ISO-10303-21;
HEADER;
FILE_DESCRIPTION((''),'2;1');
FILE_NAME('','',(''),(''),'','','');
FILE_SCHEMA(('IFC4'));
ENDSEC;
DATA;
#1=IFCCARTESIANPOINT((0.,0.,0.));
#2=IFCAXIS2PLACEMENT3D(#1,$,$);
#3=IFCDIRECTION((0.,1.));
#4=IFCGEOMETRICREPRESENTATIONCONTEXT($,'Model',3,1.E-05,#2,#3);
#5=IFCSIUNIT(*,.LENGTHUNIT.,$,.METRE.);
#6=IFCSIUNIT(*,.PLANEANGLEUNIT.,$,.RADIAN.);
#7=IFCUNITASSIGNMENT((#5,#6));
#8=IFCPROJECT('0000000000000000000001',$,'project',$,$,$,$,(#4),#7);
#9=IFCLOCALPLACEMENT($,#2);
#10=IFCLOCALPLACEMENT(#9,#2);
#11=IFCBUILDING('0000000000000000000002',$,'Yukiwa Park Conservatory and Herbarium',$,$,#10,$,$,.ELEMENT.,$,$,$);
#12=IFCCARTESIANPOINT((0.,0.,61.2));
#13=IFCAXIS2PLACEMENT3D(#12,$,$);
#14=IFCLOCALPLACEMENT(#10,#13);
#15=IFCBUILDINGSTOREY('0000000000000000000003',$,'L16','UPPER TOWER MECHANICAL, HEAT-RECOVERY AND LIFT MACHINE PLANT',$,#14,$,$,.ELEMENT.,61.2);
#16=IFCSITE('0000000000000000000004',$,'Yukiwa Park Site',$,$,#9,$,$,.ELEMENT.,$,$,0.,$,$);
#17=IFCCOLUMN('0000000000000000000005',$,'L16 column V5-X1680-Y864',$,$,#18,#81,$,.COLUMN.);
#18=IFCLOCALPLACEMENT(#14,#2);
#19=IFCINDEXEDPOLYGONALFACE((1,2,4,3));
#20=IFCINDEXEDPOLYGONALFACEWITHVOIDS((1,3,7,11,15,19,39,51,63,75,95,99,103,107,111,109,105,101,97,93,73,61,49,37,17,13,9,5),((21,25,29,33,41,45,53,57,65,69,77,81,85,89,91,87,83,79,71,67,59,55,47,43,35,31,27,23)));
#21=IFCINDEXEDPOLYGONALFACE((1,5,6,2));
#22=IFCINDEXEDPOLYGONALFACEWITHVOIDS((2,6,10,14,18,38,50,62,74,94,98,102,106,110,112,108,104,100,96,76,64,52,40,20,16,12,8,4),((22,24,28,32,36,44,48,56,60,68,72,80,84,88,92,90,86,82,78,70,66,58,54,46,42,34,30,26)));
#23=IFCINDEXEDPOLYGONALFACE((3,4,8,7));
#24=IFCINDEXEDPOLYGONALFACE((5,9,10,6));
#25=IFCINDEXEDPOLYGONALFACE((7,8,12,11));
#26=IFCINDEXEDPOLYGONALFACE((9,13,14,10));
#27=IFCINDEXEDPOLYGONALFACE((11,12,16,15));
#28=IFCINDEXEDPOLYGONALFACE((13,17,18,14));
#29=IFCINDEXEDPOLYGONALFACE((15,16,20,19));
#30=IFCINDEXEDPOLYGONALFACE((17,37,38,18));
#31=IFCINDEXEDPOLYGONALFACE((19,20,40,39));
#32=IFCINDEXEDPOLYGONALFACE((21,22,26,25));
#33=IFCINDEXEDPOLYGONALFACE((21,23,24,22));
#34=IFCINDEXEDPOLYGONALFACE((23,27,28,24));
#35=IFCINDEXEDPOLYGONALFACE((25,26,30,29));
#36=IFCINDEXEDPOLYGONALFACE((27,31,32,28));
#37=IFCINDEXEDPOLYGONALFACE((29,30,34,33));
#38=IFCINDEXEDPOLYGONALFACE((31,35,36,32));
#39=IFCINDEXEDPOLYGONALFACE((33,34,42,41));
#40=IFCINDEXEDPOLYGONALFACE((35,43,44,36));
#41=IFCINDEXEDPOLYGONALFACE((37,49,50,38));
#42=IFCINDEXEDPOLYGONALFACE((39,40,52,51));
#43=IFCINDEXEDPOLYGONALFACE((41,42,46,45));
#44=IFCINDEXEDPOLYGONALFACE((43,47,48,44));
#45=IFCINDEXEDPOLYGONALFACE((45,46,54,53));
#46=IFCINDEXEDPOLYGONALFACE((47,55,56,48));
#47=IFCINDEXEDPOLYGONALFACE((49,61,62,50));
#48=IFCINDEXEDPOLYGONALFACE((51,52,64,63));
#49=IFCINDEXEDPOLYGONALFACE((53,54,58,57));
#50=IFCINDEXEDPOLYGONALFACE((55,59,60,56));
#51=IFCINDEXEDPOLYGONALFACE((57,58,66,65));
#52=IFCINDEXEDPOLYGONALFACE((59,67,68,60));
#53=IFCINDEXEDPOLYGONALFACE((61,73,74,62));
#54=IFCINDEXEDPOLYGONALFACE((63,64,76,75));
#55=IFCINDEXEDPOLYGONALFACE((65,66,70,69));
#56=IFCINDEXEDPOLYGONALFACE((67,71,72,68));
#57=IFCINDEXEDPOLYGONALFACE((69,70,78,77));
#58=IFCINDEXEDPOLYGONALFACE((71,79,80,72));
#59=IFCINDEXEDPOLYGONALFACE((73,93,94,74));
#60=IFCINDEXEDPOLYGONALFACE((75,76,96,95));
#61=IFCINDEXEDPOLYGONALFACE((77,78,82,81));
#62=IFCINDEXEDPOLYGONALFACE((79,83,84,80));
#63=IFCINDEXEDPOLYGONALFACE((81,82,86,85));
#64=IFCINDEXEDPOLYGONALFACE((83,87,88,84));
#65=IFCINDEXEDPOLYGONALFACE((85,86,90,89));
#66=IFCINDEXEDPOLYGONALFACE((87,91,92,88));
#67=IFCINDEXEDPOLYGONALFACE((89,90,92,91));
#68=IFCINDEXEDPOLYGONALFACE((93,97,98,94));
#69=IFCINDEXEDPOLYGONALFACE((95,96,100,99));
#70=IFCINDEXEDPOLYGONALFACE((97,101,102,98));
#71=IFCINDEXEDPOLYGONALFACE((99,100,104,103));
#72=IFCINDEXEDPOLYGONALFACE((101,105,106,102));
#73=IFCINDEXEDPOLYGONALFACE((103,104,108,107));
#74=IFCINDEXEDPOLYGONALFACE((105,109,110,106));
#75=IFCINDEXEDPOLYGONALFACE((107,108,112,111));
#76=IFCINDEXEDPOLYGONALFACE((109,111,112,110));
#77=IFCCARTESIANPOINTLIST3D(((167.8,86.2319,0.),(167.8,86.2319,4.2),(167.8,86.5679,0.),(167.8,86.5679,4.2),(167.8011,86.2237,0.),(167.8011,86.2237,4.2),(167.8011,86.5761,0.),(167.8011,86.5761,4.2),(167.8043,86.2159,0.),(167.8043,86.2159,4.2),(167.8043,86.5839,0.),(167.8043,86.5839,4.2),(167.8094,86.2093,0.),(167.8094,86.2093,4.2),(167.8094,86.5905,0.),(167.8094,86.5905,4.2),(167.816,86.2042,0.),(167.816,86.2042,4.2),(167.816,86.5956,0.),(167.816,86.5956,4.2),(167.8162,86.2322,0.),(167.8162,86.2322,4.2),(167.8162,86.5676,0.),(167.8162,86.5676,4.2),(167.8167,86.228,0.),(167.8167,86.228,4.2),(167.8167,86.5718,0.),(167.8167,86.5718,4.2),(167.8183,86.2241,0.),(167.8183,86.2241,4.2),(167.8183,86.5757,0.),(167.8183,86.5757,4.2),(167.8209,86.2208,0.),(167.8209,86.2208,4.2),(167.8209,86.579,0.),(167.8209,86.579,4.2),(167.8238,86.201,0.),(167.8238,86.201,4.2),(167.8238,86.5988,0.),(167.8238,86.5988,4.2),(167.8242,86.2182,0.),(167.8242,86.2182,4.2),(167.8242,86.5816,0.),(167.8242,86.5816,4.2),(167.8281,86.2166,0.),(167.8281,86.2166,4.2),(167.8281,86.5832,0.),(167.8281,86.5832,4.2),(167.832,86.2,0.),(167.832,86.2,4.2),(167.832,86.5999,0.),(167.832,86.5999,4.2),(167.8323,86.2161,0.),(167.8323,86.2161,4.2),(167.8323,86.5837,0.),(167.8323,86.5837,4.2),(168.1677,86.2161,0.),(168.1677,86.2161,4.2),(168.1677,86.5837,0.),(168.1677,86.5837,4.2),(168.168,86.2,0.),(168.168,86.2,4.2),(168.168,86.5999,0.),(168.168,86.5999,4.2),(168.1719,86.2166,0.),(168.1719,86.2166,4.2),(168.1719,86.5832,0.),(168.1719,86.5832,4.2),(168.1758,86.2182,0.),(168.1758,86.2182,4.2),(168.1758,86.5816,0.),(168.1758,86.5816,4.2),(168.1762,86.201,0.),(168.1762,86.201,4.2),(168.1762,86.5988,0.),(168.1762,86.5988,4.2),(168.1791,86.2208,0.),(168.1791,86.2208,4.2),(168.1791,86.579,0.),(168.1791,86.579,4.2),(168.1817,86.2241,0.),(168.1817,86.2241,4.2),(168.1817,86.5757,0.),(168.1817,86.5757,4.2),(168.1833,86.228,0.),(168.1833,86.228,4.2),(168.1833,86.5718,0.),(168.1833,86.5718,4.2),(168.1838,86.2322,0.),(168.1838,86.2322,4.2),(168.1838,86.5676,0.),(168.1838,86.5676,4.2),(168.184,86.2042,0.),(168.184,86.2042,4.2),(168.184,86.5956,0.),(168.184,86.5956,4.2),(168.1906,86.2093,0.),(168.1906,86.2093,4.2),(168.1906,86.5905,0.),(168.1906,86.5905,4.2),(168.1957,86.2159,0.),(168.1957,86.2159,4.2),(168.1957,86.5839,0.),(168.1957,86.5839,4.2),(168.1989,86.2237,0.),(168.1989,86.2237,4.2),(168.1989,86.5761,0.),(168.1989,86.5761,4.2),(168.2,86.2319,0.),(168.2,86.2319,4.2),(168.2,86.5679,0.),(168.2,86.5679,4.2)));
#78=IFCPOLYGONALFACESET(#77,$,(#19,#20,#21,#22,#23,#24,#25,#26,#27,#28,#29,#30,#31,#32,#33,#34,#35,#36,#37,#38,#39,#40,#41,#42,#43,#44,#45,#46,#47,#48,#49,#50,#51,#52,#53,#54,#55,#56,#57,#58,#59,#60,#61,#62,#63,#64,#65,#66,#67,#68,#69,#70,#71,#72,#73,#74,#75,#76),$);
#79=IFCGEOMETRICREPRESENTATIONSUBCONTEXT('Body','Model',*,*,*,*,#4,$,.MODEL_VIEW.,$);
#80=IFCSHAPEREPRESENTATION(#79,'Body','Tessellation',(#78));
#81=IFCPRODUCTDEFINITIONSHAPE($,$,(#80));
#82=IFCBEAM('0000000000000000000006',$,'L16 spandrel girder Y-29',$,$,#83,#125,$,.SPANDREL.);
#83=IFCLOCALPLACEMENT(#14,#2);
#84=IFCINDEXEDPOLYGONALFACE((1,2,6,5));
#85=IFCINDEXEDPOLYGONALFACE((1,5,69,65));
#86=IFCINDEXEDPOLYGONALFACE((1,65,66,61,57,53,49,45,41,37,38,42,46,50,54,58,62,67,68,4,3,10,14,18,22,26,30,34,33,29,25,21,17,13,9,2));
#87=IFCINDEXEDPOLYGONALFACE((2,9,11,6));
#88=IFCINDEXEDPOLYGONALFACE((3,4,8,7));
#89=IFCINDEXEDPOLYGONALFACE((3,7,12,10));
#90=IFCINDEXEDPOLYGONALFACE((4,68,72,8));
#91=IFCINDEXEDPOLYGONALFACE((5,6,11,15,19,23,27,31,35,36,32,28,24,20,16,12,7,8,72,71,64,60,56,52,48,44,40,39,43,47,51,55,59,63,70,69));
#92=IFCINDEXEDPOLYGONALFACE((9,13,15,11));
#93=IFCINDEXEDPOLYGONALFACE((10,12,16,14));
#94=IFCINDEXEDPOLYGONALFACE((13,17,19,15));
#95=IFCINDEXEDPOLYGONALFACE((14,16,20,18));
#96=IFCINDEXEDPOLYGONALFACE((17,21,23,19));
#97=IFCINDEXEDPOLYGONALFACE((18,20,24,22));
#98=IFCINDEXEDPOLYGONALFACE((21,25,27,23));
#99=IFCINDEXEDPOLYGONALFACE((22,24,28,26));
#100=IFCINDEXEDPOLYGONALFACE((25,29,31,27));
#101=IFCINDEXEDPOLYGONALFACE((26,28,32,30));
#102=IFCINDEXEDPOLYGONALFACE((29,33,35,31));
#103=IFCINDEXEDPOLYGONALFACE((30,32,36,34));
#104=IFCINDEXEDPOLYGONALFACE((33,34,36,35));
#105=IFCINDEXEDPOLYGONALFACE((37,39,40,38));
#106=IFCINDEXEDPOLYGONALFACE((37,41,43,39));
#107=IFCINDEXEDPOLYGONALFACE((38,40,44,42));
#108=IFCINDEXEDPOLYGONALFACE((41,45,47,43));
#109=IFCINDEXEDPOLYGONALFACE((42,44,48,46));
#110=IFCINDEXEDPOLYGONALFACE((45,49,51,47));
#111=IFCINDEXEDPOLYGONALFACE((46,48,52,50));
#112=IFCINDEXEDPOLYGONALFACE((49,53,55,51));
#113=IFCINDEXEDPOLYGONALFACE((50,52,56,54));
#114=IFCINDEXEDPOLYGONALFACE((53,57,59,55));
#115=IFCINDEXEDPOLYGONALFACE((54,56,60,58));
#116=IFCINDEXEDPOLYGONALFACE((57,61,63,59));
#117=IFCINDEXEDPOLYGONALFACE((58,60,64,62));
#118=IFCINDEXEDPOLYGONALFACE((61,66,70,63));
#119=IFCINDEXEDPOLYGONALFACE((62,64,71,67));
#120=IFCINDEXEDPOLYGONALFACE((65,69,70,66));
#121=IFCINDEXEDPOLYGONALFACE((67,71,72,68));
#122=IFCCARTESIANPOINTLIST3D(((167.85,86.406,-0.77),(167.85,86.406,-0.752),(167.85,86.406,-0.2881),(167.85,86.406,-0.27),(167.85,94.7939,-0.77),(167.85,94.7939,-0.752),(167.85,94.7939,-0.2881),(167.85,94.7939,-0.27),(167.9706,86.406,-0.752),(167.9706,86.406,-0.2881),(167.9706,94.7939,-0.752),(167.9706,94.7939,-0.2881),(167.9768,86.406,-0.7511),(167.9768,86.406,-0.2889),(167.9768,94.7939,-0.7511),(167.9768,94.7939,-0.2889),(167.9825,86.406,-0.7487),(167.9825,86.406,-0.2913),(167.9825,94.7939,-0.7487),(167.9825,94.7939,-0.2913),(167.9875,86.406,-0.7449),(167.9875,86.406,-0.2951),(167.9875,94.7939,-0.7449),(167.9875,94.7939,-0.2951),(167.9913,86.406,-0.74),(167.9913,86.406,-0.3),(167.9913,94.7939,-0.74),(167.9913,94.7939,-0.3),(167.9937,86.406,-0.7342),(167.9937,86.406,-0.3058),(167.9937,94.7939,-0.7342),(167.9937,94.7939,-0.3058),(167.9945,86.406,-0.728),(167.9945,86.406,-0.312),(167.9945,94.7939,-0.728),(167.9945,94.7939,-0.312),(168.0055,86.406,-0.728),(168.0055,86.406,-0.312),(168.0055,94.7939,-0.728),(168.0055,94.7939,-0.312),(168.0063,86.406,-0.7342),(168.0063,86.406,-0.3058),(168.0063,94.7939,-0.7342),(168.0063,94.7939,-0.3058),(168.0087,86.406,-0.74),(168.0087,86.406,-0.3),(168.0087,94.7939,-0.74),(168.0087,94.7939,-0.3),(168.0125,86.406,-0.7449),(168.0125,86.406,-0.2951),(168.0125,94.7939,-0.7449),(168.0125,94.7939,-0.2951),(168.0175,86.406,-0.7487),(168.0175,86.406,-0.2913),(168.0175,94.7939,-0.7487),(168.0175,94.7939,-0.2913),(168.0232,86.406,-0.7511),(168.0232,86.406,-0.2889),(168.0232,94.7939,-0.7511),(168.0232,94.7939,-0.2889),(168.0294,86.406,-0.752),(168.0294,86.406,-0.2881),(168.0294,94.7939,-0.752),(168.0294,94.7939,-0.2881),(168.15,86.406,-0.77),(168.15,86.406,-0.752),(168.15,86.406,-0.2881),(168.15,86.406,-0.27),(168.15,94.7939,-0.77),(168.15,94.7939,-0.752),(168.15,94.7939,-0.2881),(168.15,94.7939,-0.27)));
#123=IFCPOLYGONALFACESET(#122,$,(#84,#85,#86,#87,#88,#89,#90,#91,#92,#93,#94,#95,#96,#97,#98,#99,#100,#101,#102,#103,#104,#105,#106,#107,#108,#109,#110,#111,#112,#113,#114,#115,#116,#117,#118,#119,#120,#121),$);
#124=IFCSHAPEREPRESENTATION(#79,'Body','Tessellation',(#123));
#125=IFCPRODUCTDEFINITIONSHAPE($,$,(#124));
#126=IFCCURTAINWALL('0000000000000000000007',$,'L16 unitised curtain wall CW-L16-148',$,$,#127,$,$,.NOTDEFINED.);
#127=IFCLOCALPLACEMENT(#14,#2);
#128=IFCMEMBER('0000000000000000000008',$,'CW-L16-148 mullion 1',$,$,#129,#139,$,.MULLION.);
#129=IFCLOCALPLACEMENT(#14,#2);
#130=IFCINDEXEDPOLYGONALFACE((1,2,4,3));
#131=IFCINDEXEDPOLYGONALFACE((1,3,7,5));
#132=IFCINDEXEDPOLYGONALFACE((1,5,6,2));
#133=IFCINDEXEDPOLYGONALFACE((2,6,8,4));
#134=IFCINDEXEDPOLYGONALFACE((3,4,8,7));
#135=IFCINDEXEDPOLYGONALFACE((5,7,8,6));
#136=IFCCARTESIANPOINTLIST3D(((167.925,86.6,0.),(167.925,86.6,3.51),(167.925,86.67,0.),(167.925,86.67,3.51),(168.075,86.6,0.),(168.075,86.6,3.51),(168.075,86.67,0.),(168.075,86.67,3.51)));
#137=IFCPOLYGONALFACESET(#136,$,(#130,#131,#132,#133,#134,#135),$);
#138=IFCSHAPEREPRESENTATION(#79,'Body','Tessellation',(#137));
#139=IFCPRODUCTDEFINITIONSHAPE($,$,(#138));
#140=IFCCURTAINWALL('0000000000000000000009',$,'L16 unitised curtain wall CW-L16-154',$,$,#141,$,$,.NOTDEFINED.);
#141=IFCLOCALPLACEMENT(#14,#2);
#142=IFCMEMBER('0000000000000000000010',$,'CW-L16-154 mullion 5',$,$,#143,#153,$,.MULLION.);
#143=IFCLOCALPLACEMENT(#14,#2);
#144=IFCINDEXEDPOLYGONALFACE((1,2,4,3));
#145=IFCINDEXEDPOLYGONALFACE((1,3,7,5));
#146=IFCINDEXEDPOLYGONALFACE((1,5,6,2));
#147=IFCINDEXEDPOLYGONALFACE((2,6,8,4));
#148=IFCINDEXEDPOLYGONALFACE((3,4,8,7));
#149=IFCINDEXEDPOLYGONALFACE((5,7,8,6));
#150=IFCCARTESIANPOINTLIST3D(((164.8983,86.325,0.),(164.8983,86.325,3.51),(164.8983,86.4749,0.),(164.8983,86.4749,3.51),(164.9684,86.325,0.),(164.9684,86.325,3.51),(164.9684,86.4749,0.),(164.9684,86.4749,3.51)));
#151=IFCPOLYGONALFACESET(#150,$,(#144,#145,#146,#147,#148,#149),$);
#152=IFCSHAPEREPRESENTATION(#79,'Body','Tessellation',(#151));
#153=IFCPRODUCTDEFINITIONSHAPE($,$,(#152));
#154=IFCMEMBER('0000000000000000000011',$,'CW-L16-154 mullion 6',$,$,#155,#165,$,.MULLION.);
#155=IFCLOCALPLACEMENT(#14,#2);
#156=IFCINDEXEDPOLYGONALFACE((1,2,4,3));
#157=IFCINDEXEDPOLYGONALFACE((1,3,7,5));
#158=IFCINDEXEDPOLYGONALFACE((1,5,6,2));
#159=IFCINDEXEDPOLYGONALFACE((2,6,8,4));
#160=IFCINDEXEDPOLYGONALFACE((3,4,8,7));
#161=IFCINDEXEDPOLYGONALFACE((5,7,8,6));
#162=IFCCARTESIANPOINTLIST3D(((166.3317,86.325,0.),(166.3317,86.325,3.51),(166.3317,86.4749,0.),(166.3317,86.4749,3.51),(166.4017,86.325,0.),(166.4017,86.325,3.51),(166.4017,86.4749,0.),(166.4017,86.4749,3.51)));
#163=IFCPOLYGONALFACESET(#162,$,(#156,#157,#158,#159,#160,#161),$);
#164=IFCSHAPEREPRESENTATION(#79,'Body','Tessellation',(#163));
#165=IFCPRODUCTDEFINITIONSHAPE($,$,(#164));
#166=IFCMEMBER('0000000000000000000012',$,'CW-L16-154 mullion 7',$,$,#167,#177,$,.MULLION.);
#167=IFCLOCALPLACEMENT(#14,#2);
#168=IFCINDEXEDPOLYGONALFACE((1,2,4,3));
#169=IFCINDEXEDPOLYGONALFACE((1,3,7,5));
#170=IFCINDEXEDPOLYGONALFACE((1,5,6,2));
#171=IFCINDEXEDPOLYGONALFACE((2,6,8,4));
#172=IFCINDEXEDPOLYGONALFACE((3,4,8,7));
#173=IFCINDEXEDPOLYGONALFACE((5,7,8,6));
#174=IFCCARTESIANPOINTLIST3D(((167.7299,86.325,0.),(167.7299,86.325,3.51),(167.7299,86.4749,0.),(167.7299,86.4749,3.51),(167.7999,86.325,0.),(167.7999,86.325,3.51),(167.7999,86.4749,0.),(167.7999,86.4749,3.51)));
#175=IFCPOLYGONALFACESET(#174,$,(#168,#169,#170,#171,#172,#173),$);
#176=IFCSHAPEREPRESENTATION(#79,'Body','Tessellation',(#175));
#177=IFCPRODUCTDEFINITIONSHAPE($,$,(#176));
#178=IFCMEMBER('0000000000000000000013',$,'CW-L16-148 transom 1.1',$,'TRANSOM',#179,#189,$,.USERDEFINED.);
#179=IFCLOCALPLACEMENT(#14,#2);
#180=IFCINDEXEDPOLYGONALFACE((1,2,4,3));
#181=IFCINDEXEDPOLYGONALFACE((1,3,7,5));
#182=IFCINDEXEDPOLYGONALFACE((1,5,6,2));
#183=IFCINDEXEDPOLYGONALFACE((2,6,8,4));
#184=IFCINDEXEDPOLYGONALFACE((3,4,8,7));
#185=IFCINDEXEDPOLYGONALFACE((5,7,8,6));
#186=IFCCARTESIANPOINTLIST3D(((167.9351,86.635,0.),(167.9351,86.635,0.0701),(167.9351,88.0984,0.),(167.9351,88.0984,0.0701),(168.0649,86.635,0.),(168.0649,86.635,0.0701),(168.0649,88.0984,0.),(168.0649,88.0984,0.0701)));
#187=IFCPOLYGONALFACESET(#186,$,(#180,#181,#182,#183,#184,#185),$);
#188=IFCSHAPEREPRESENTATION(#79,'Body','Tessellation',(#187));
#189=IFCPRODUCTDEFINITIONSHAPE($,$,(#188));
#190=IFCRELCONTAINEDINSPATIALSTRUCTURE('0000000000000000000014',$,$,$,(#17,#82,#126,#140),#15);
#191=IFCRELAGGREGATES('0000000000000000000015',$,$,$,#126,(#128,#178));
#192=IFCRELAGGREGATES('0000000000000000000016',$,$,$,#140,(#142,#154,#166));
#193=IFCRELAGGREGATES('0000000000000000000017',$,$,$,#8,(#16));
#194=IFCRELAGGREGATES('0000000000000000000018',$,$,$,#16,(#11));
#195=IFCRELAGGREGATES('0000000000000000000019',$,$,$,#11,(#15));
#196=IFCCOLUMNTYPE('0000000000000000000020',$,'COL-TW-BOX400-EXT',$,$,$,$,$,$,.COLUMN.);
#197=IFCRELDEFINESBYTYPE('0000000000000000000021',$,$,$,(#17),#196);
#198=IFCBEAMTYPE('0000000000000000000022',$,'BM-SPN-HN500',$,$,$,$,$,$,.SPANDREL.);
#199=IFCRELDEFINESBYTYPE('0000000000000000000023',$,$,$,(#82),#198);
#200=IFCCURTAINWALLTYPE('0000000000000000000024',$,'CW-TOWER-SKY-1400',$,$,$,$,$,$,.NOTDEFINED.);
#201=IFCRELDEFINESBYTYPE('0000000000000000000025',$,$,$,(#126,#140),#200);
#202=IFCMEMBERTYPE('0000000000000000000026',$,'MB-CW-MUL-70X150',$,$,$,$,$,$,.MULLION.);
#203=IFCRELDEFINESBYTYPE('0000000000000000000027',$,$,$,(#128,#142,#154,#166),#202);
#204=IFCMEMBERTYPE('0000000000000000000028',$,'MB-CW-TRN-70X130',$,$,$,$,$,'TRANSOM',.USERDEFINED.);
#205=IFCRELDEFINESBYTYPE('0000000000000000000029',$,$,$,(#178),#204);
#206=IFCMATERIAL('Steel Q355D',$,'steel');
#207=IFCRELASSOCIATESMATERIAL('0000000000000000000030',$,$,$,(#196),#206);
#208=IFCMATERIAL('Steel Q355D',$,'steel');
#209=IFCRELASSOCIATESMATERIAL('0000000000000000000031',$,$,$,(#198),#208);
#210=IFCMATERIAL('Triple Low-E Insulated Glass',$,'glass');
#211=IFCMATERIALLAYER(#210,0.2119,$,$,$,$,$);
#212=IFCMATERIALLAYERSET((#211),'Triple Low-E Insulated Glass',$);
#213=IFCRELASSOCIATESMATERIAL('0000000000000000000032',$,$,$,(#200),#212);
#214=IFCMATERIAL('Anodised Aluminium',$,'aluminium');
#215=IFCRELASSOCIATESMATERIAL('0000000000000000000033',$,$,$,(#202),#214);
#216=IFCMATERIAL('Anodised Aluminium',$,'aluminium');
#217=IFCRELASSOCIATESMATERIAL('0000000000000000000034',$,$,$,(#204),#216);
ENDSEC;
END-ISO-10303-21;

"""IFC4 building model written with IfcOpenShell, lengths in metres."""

from ifc_helpers import new_model, si_unit, direction, frame, origin, origin_2d, place, context, subcontext, project, spatial, rectangle, hollow_rectangle, i_section, extrude, material, layer, layer_set, material_profile, profile_set, type_object, element, aggregate, save


model = new_model("IFC4")

# Units and contexts
model_context = context("Model", 3, precision=1e-05, world=origin(), true_north=direction((0.0, 1.0)))
body_context = subcontext(model_context, "Body", "Model", "MODEL_VIEW")
ifc_project = project(units=[si_unit("LENGTHUNIT", "METRE"), si_unit("PLANEANGLEUNIT", "RADIAN")], contexts=[model_context])

# Site, building, storey
site_placement = place(None, origin())
site = spatial("IfcSite", under=ifc_project, at=site_placement, Name="Yukiwa Park Site", CompositionType="ELEMENT", RefElevation=0.0)
building_placement = place(site_placement, origin())
building = spatial("IfcBuilding", under=site, at=building_placement, Name="Yukiwa Park Conservatory and Herbarium", CompositionType="ELEMENT")
storey_placement = place(building_placement, frame((0.0, 0.0, 61.2)))
storey = spatial("IfcBuildingStorey", under=building, at=storey_placement, Name="L16", Description="UPPER TOWER MECHANICAL, HEAT-RECOVERY AND LIFT MACHINE PLANT", CompositionType="ELEMENT", Elevation=61.2)

# Column
ifc_material_1 = material(Name="Steel Q355D", Category="steel")
ifc_material_profile_1 = material_profile(ifc_material_1, hollow_rectangle(XDim=0.3999, YDim=0.3999, WallThickness=0.0161, InnerFilletRadius=0.0161, OuterFilletRadius=0.032, at=origin_2d()), Name="BOX 400x400x16")
ifc_profile_set_1 = profile_set([ifc_material_profile_1], Name="Steel Q355D")
column_type = type_object("IfcColumnType", Name="COL-TW-BOX400-EXT", PredefinedType="COLUMN", material=ifc_profile_set_1)
column_placement = place(storey_placement, frame((168.0, 86.3999, 0.0), z_axis=(0.0, 0.0, 1.0), x_axis=(1.0, 0.0, 0.0)))
element("IfcColumn", 1, at=column_placement, inside=storey, type_object=column_type, Name="L16 column V5-X1680-Y864", PredefinedType="COLUMN", context=body_context, shape_type="SweptSolid", body=[
    extrude(hollow_rectangle(XDim=0.3999, YDim=0.3999, WallThickness=0.0161, InnerFilletRadius=0.0161, OuterFilletRadius=0.032, at=origin_2d()), origin(), (0.0, 0.0, 1.0), 4.2),
])

# Beam
ifc_material_2 = material(Name="Steel Q355D", Category="steel")
ifc_material_profile_2 = material_profile(ifc_material_2, i_section(OverallWidth=0.3, OverallDepth=0.5, WebThickness=0.011, FlangeThickness=0.0181, FilletRadius=0.0239, at=origin_2d()), Name="HM 500x300x11x18")
ifc_profile_set_2 = profile_set([ifc_material_profile_2], Name="Steel Q355D")
beam_type = type_object("IfcBeamType", Name="BM-SPN-HN500", PredefinedType="SPANDREL", material=ifc_profile_set_2)
beam_placement = place(storey_placement, frame((168.0, 86.406, -0.52), z_axis=(0.0, 1.0, 0.0), x_axis=(-1.0, 0.0, 0.0)))
element("IfcBeam", 2, at=beam_placement, inside=storey, type_object=beam_type, Name="L16 spandrel girder Y-29", PredefinedType="SPANDREL", context=body_context, shape_type="SweptSolid", body=[
    extrude(i_section(OverallWidth=0.3, OverallDepth=0.5, WebThickness=0.011, FlangeThickness=0.0181, FilletRadius=0.0239, at=origin_2d()), origin(), (0.0, 0.0, 1.0), 8.3879),
])

# Curtain wall, member
ifc_material_3 = material(Name="Triple Low-E Insulated Glass", Category="glass")
ifc_layer_1 = layer(ifc_material_3, 0.2119)
ifc_layer_set_1 = layer_set([ifc_layer_1], Name="Triple Low-E Insulated Glass")
curtain_wall_type = type_object("IfcCurtainWallType", Name="CW-TOWER-SKY-1400", PredefinedType="NOTDEFINED", material=ifc_layer_set_1)
curtain_wall_1_placement = place(storey_placement, origin())
curtain_wall_1 = element("IfcCurtainWall", 3, at=curtain_wall_1_placement, inside=storey, type_object=curtain_wall_type, Name="L16 unitised curtain wall CW-L16-148", PredefinedType="NOTDEFINED")
ifc_material_4 = material(Name="Anodised Aluminium", Category="aluminium")
member_type_1 = type_object("IfcMemberType", Name="MB-CW-MUL-70X150", PredefinedType="MULLION", material=ifc_material_4)
member_1_placement = place(storey_placement, frame((168.0, 86.635, 0.0), z_axis=(0.0, 0.0, 1.0), x_axis=(0.0, 1.0, 0.0)))
member_1 = element("IfcMember", 4, at=member_1_placement, type_object=member_type_1, Name="CW-L16-148 mullion 1", PredefinedType="MULLION", context=body_context, shape_type="SweptSolid", body=[
    extrude(rectangle(XDim=0.0701, YDim=0.1499, at=origin_2d()), origin(), (0.0, 0.0, 1.0), 3.51),
])

# Curtain wall, members
curtain_wall_2_placement = place(storey_placement, origin())
curtain_wall_2 = element("IfcCurtainWall", 5, at=curtain_wall_2_placement, inside=storey, type_object=curtain_wall_type, Name="L16 unitised curtain wall CW-L16-154", PredefinedType="NOTDEFINED")
member_2_placement = place(storey_placement, frame((164.9333, 86.3999, 0.0), z_axis=(0.0, 0.0, 1.0), x_axis=(1.0, 0.0, 0.0)))
member_2 = element("IfcMember", 6, at=member_2_placement, type_object=member_type_1, Name="CW-L16-154 mullion 5", PredefinedType="MULLION", context=body_context, shape_type="SweptSolid", body=[
    extrude(rectangle(XDim=0.0701, YDim=0.1499, at=origin_2d()), origin(), (0.0, 0.0, 1.0), 3.51),
])
member_3_placement = place(storey_placement, frame((166.3667, 86.3999, 0.0), z_axis=(0.0, 0.0, 1.0), x_axis=(1.0, 0.0, 0.0)))
member_3 = element("IfcMember", 7, at=member_3_placement, type_object=member_type_1, Name="CW-L16-154 mullion 6", PredefinedType="MULLION", context=body_context, shape_type="SweptSolid", body=[
    extrude(rectangle(XDim=0.0701, YDim=0.1499, at=origin_2d()), origin(), (0.0, 0.0, 1.0), 3.51),
])
member_4_placement = place(storey_placement, frame((167.7649, 86.3999, 0.0), z_axis=(0.0, 0.0, 1.0), x_axis=(1.0, 0.0, 0.0)))
member_4 = element("IfcMember", 8, at=member_4_placement, type_object=member_type_1, Name="CW-L16-154 mullion 7", PredefinedType="MULLION", context=body_context, shape_type="SweptSolid", body=[
    extrude(rectangle(XDim=0.0701, YDim=0.1499, at=origin_2d()), origin(), (0.0, 0.0, 1.0), 3.51),
])

# Member
ifc_material_5 = material(Name="Anodised Aluminium", Category="aluminium")
member_type_2 = type_object("IfcMemberType", Name="MB-CW-TRN-70X130", ElementType="TRANSOM", PredefinedType="USERDEFINED", material=ifc_material_5)
member_5_placement = place(storey_placement, frame((168.0, 87.3667, 0.0), z_axis=(0.0, 0.0, 1.0), x_axis=(0.0, 1.0, 0.0)))
member_5 = element("IfcMember", 9, at=member_5_placement, type_object=member_type_2, Name="CW-L16-148 transom 1.1", ObjectType="TRANSOM", PredefinedType="USERDEFINED", context=body_context, shape_type="SweptSolid", body=[
    extrude(rectangle(XDim=1.4634, YDim=0.1299, at=origin_2d()), origin(), (0.0, 0.0, 1.0), 0.0701),
])
aggregate(curtain_wall_1, [member_1, member_5])

aggregate(curtain_wall_2, [member_2, member_3, member_4])

save(model, "model.ifc")
